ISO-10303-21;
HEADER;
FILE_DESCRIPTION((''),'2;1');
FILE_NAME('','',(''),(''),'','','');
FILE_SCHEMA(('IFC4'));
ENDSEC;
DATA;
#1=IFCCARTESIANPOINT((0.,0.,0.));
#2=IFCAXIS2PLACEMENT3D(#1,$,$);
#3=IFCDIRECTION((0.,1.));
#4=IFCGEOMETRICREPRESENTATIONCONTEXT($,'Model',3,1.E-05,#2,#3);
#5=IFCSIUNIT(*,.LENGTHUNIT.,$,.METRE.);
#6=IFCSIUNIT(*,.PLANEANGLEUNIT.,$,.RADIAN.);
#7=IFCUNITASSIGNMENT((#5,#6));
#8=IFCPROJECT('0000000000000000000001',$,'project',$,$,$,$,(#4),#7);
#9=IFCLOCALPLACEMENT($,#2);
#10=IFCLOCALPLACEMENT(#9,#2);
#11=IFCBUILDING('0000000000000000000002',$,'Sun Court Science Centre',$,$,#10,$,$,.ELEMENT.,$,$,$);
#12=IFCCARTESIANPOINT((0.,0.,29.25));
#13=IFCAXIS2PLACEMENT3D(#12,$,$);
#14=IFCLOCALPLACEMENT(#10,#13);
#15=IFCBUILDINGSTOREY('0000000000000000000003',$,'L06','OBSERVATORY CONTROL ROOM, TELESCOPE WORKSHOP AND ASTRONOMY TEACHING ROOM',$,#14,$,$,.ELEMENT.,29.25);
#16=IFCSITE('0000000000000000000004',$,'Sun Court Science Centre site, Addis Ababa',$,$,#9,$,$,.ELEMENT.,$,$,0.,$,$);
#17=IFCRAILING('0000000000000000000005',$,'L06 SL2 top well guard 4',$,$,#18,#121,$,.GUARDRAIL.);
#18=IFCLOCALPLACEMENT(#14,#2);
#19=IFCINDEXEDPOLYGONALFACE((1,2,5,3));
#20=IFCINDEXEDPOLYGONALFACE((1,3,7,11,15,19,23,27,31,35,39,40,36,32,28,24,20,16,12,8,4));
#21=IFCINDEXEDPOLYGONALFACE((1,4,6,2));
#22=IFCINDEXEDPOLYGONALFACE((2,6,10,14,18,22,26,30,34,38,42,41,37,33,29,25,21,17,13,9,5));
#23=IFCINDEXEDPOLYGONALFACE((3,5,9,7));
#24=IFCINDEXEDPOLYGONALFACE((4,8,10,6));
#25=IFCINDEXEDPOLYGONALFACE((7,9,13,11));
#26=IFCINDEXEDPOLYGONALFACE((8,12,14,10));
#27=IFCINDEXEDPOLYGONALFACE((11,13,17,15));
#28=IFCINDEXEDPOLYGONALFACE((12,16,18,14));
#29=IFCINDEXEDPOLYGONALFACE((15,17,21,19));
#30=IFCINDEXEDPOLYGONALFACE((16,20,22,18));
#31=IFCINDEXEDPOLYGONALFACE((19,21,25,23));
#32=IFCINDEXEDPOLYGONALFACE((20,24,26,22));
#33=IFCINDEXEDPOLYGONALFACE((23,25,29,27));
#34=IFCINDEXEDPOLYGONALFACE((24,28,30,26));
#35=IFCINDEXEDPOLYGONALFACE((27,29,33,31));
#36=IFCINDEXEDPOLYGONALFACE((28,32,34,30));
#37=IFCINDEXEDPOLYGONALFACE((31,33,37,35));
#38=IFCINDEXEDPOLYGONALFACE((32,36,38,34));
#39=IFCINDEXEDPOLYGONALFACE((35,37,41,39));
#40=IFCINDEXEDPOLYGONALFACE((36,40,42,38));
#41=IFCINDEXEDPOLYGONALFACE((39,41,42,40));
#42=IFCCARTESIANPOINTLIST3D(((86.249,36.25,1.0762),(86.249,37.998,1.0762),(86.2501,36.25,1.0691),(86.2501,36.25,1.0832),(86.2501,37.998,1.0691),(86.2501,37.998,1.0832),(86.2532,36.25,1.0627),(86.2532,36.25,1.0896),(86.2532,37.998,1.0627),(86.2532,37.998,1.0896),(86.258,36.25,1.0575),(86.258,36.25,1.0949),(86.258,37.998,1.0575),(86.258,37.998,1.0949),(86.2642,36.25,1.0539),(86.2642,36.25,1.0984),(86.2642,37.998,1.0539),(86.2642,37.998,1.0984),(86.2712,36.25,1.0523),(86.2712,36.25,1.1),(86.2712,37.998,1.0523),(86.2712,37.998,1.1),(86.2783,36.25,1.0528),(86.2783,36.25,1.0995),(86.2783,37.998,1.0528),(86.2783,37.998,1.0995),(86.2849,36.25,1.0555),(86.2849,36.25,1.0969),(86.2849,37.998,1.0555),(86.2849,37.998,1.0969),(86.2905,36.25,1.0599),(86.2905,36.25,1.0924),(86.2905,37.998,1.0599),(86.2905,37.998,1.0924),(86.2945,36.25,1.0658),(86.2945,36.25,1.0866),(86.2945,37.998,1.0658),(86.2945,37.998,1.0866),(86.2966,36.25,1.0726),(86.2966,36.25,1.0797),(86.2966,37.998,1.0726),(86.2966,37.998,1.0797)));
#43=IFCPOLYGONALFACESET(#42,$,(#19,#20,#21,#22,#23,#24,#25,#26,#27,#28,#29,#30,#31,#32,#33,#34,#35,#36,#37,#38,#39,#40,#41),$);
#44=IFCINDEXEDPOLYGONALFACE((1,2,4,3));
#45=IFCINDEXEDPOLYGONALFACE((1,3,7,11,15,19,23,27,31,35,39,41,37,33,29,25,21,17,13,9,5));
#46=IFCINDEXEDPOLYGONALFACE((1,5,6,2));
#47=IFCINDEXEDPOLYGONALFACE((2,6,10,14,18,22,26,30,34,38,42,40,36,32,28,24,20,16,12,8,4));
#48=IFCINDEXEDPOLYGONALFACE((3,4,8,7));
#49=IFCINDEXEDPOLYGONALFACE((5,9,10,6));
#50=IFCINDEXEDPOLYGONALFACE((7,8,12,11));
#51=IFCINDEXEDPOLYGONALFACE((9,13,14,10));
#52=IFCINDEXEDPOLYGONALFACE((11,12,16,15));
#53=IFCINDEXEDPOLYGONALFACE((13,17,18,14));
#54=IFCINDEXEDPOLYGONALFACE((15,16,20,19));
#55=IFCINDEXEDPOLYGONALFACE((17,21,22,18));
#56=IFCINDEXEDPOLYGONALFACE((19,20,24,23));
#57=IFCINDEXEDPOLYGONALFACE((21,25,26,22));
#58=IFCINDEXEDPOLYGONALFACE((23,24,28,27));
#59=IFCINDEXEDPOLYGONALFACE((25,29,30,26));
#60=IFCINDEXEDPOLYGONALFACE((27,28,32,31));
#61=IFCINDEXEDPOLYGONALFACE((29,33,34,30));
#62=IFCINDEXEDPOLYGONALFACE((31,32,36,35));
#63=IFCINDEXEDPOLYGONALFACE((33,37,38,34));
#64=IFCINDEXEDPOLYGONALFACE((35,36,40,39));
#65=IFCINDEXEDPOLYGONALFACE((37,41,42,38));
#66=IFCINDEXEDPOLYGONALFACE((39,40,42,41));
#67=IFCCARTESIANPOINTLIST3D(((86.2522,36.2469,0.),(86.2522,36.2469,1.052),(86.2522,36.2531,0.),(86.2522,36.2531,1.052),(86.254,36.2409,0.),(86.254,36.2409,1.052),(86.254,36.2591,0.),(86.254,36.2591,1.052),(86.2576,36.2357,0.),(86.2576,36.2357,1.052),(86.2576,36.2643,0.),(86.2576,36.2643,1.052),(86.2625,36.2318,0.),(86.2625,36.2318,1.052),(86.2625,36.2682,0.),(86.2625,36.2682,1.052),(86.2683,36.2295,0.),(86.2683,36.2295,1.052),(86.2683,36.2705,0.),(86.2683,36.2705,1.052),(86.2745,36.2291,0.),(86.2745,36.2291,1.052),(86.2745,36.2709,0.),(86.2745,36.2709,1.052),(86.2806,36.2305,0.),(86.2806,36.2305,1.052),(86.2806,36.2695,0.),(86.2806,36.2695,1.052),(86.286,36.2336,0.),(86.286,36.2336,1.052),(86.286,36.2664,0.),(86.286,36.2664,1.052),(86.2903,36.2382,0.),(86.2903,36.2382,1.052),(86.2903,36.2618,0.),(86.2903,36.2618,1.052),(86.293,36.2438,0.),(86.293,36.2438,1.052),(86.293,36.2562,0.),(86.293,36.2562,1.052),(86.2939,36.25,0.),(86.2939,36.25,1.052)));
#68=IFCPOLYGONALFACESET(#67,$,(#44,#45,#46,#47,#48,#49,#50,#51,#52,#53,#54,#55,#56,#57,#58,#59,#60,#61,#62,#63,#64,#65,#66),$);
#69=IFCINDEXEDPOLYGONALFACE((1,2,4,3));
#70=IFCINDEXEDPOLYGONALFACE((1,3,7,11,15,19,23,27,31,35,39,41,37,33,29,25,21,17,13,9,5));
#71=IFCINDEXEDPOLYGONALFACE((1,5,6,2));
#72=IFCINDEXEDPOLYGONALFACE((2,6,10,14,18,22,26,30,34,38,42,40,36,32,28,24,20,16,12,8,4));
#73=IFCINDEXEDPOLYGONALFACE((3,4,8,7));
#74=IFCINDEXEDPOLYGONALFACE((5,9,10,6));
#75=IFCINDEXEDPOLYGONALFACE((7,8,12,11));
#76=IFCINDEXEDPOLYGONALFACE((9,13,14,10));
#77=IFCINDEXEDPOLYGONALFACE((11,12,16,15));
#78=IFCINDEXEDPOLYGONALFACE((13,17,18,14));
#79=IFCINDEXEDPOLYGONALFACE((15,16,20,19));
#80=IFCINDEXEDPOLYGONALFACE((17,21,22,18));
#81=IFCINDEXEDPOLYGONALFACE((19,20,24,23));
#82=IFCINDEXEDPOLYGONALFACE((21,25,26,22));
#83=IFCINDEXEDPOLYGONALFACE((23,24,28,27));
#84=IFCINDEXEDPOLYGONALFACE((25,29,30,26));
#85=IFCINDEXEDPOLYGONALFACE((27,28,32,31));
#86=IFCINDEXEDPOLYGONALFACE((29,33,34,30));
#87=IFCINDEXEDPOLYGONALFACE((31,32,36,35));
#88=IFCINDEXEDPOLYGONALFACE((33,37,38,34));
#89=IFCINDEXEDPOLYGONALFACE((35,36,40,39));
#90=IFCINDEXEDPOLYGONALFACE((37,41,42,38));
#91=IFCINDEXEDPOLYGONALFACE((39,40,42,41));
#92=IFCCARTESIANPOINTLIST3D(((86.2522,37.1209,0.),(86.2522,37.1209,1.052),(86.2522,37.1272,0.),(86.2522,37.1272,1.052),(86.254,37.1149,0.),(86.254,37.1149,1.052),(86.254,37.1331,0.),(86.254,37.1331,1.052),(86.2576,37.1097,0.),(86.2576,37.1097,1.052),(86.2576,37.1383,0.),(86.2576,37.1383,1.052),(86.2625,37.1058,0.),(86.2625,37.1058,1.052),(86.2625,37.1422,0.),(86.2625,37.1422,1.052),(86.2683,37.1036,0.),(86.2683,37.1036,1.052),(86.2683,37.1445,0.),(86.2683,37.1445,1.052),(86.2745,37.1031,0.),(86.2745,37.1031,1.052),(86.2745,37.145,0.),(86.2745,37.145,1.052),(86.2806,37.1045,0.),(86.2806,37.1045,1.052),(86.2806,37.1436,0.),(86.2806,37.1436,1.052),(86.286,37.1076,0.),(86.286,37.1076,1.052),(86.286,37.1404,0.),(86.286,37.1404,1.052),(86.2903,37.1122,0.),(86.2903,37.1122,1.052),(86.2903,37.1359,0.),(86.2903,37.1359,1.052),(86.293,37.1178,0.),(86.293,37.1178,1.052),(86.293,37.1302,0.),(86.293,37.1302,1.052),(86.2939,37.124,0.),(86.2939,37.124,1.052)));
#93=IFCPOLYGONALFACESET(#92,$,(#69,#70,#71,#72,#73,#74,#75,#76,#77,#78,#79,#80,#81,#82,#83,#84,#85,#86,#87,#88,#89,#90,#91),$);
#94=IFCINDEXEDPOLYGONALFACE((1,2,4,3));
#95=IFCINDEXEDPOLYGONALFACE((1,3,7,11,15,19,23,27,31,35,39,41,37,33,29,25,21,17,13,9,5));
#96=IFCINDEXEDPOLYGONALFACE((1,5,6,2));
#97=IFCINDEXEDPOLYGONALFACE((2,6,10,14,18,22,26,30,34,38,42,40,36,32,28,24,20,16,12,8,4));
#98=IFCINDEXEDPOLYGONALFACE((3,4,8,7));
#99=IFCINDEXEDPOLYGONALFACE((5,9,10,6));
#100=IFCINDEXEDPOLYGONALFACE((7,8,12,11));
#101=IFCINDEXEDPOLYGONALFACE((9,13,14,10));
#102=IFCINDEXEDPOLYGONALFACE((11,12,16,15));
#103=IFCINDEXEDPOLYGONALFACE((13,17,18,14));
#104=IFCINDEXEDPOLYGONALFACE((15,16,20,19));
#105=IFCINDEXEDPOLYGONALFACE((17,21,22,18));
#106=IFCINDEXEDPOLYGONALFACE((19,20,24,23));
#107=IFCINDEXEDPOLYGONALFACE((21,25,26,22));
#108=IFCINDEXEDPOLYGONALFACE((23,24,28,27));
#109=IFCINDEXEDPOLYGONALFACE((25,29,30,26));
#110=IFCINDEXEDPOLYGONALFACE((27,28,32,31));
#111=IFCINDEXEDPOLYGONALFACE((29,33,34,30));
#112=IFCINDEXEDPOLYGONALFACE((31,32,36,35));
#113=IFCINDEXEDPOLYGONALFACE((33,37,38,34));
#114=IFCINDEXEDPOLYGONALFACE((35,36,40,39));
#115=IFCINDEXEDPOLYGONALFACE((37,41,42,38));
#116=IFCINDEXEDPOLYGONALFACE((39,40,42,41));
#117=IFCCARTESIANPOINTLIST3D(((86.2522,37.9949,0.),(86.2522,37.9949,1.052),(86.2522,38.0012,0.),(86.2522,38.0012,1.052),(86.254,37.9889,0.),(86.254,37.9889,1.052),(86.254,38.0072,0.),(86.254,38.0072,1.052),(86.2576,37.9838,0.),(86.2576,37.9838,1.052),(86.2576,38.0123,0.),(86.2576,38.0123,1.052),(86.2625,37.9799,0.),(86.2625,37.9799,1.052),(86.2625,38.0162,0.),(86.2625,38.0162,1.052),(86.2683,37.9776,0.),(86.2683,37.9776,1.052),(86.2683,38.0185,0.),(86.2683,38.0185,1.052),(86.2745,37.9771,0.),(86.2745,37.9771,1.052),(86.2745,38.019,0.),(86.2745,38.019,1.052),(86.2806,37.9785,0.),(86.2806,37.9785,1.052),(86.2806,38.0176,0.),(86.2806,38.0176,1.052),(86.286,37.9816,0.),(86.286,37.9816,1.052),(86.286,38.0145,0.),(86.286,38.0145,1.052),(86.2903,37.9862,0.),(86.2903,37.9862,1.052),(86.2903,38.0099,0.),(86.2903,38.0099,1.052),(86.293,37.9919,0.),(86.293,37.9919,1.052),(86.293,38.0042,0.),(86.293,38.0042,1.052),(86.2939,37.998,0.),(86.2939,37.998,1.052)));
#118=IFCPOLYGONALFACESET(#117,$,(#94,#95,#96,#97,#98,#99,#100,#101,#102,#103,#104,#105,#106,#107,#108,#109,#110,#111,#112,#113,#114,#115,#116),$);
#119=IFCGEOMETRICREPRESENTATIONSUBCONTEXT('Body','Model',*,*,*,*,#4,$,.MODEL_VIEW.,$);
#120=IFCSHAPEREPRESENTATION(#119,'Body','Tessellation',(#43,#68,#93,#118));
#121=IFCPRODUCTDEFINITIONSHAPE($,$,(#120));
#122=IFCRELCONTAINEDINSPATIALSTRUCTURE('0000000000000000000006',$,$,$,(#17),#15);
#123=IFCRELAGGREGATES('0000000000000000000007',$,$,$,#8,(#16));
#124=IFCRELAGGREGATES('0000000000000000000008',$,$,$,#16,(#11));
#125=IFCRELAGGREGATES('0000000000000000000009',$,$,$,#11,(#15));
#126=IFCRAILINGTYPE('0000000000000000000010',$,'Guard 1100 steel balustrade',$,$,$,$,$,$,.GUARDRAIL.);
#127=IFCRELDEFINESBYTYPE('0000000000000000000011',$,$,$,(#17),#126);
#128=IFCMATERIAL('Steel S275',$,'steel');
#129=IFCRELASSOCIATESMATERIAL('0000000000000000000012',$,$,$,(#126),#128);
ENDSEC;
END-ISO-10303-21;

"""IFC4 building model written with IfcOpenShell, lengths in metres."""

from ifc_helpers import new_model, si_unit, direction, frame, origin, origin_2d, place, context, subcontext, project, spatial, circle, extrude, material, type_object, element, save


model = new_model("IFC4")

# Units and contexts
model_context = context("Model", 3, precision=1e-05, world=origin(), true_north=direction((0.0, 1.0)))
body_context = subcontext(model_context, "Body", "Model", "MODEL_VIEW")
ifc_project = project(units=[si_unit("LENGTHUNIT", "METRE"), si_unit("PLANEANGLEUNIT", "RADIAN")], contexts=[model_context])

# Site, building, storey
site_placement = place(None, origin())
site = spatial("IfcSite", under=ifc_project, at=site_placement, Name="Sun Court Science Centre site, Addis Ababa", CompositionType="ELEMENT", RefElevation=0.0)
building_placement = place(site_placement, origin())
building = spatial("IfcBuilding", under=site, at=building_placement, Name="Sun Court Science Centre", CompositionType="ELEMENT")
storey_placement = place(building_placement, frame((0.0, 0.0, 29.25)))
storey = spatial("IfcBuildingStorey", under=building, at=storey_placement, Name="L06", Description="OBSERVATORY CONTROL ROOM, TELESCOPE WORKSHOP AND ASTRONOMY TEACHING ROOM", CompositionType="ELEMENT", Elevation=29.25)

# Railing
ifc_material_1 = material(Name="Steel S275", Category="steel")
railing_type = type_object("IfcRailingType", Name="Guard 1100 steel balustrade", PredefinedType="GUARDRAIL", material=ifc_material_1)
railing_1_placement = place(storey_placement, frame((86.2729, 36.25, 0.0)))
element("IfcRailing", 1, at=railing_1_placement, inside=storey, type_object=railing_type, Name="L06 SL2 top well guard 4", PredefinedType="GUARDRAIL", context=body_context, shape_type="SweptSolid", body=[
    extrude(circle(Radius=0.0239, at=origin_2d()), frame((0.0, 0.0, 1.0762), z_axis=(0.0, 1.0, 0.0), x_axis=(-1.0, 0.0, 0.0)), (0.0, 0.0, 1.0), 1.748),
    extrude(circle(Radius=0.021, at=origin_2d()), origin(), (0.0, 0.0, 1.0), 1.052),
    extrude(circle(Radius=0.021, at=origin_2d()), frame((0.0, 0.874, 0.0)), (0.0, 0.0, 1.0), 1.052),
    extrude(circle(Radius=0.021, at=origin_2d()), frame((0.0, 1.748, 0.0)), (0.0, 0.0, 1.0), 1.052),
])

save(model, "model.ifc")
